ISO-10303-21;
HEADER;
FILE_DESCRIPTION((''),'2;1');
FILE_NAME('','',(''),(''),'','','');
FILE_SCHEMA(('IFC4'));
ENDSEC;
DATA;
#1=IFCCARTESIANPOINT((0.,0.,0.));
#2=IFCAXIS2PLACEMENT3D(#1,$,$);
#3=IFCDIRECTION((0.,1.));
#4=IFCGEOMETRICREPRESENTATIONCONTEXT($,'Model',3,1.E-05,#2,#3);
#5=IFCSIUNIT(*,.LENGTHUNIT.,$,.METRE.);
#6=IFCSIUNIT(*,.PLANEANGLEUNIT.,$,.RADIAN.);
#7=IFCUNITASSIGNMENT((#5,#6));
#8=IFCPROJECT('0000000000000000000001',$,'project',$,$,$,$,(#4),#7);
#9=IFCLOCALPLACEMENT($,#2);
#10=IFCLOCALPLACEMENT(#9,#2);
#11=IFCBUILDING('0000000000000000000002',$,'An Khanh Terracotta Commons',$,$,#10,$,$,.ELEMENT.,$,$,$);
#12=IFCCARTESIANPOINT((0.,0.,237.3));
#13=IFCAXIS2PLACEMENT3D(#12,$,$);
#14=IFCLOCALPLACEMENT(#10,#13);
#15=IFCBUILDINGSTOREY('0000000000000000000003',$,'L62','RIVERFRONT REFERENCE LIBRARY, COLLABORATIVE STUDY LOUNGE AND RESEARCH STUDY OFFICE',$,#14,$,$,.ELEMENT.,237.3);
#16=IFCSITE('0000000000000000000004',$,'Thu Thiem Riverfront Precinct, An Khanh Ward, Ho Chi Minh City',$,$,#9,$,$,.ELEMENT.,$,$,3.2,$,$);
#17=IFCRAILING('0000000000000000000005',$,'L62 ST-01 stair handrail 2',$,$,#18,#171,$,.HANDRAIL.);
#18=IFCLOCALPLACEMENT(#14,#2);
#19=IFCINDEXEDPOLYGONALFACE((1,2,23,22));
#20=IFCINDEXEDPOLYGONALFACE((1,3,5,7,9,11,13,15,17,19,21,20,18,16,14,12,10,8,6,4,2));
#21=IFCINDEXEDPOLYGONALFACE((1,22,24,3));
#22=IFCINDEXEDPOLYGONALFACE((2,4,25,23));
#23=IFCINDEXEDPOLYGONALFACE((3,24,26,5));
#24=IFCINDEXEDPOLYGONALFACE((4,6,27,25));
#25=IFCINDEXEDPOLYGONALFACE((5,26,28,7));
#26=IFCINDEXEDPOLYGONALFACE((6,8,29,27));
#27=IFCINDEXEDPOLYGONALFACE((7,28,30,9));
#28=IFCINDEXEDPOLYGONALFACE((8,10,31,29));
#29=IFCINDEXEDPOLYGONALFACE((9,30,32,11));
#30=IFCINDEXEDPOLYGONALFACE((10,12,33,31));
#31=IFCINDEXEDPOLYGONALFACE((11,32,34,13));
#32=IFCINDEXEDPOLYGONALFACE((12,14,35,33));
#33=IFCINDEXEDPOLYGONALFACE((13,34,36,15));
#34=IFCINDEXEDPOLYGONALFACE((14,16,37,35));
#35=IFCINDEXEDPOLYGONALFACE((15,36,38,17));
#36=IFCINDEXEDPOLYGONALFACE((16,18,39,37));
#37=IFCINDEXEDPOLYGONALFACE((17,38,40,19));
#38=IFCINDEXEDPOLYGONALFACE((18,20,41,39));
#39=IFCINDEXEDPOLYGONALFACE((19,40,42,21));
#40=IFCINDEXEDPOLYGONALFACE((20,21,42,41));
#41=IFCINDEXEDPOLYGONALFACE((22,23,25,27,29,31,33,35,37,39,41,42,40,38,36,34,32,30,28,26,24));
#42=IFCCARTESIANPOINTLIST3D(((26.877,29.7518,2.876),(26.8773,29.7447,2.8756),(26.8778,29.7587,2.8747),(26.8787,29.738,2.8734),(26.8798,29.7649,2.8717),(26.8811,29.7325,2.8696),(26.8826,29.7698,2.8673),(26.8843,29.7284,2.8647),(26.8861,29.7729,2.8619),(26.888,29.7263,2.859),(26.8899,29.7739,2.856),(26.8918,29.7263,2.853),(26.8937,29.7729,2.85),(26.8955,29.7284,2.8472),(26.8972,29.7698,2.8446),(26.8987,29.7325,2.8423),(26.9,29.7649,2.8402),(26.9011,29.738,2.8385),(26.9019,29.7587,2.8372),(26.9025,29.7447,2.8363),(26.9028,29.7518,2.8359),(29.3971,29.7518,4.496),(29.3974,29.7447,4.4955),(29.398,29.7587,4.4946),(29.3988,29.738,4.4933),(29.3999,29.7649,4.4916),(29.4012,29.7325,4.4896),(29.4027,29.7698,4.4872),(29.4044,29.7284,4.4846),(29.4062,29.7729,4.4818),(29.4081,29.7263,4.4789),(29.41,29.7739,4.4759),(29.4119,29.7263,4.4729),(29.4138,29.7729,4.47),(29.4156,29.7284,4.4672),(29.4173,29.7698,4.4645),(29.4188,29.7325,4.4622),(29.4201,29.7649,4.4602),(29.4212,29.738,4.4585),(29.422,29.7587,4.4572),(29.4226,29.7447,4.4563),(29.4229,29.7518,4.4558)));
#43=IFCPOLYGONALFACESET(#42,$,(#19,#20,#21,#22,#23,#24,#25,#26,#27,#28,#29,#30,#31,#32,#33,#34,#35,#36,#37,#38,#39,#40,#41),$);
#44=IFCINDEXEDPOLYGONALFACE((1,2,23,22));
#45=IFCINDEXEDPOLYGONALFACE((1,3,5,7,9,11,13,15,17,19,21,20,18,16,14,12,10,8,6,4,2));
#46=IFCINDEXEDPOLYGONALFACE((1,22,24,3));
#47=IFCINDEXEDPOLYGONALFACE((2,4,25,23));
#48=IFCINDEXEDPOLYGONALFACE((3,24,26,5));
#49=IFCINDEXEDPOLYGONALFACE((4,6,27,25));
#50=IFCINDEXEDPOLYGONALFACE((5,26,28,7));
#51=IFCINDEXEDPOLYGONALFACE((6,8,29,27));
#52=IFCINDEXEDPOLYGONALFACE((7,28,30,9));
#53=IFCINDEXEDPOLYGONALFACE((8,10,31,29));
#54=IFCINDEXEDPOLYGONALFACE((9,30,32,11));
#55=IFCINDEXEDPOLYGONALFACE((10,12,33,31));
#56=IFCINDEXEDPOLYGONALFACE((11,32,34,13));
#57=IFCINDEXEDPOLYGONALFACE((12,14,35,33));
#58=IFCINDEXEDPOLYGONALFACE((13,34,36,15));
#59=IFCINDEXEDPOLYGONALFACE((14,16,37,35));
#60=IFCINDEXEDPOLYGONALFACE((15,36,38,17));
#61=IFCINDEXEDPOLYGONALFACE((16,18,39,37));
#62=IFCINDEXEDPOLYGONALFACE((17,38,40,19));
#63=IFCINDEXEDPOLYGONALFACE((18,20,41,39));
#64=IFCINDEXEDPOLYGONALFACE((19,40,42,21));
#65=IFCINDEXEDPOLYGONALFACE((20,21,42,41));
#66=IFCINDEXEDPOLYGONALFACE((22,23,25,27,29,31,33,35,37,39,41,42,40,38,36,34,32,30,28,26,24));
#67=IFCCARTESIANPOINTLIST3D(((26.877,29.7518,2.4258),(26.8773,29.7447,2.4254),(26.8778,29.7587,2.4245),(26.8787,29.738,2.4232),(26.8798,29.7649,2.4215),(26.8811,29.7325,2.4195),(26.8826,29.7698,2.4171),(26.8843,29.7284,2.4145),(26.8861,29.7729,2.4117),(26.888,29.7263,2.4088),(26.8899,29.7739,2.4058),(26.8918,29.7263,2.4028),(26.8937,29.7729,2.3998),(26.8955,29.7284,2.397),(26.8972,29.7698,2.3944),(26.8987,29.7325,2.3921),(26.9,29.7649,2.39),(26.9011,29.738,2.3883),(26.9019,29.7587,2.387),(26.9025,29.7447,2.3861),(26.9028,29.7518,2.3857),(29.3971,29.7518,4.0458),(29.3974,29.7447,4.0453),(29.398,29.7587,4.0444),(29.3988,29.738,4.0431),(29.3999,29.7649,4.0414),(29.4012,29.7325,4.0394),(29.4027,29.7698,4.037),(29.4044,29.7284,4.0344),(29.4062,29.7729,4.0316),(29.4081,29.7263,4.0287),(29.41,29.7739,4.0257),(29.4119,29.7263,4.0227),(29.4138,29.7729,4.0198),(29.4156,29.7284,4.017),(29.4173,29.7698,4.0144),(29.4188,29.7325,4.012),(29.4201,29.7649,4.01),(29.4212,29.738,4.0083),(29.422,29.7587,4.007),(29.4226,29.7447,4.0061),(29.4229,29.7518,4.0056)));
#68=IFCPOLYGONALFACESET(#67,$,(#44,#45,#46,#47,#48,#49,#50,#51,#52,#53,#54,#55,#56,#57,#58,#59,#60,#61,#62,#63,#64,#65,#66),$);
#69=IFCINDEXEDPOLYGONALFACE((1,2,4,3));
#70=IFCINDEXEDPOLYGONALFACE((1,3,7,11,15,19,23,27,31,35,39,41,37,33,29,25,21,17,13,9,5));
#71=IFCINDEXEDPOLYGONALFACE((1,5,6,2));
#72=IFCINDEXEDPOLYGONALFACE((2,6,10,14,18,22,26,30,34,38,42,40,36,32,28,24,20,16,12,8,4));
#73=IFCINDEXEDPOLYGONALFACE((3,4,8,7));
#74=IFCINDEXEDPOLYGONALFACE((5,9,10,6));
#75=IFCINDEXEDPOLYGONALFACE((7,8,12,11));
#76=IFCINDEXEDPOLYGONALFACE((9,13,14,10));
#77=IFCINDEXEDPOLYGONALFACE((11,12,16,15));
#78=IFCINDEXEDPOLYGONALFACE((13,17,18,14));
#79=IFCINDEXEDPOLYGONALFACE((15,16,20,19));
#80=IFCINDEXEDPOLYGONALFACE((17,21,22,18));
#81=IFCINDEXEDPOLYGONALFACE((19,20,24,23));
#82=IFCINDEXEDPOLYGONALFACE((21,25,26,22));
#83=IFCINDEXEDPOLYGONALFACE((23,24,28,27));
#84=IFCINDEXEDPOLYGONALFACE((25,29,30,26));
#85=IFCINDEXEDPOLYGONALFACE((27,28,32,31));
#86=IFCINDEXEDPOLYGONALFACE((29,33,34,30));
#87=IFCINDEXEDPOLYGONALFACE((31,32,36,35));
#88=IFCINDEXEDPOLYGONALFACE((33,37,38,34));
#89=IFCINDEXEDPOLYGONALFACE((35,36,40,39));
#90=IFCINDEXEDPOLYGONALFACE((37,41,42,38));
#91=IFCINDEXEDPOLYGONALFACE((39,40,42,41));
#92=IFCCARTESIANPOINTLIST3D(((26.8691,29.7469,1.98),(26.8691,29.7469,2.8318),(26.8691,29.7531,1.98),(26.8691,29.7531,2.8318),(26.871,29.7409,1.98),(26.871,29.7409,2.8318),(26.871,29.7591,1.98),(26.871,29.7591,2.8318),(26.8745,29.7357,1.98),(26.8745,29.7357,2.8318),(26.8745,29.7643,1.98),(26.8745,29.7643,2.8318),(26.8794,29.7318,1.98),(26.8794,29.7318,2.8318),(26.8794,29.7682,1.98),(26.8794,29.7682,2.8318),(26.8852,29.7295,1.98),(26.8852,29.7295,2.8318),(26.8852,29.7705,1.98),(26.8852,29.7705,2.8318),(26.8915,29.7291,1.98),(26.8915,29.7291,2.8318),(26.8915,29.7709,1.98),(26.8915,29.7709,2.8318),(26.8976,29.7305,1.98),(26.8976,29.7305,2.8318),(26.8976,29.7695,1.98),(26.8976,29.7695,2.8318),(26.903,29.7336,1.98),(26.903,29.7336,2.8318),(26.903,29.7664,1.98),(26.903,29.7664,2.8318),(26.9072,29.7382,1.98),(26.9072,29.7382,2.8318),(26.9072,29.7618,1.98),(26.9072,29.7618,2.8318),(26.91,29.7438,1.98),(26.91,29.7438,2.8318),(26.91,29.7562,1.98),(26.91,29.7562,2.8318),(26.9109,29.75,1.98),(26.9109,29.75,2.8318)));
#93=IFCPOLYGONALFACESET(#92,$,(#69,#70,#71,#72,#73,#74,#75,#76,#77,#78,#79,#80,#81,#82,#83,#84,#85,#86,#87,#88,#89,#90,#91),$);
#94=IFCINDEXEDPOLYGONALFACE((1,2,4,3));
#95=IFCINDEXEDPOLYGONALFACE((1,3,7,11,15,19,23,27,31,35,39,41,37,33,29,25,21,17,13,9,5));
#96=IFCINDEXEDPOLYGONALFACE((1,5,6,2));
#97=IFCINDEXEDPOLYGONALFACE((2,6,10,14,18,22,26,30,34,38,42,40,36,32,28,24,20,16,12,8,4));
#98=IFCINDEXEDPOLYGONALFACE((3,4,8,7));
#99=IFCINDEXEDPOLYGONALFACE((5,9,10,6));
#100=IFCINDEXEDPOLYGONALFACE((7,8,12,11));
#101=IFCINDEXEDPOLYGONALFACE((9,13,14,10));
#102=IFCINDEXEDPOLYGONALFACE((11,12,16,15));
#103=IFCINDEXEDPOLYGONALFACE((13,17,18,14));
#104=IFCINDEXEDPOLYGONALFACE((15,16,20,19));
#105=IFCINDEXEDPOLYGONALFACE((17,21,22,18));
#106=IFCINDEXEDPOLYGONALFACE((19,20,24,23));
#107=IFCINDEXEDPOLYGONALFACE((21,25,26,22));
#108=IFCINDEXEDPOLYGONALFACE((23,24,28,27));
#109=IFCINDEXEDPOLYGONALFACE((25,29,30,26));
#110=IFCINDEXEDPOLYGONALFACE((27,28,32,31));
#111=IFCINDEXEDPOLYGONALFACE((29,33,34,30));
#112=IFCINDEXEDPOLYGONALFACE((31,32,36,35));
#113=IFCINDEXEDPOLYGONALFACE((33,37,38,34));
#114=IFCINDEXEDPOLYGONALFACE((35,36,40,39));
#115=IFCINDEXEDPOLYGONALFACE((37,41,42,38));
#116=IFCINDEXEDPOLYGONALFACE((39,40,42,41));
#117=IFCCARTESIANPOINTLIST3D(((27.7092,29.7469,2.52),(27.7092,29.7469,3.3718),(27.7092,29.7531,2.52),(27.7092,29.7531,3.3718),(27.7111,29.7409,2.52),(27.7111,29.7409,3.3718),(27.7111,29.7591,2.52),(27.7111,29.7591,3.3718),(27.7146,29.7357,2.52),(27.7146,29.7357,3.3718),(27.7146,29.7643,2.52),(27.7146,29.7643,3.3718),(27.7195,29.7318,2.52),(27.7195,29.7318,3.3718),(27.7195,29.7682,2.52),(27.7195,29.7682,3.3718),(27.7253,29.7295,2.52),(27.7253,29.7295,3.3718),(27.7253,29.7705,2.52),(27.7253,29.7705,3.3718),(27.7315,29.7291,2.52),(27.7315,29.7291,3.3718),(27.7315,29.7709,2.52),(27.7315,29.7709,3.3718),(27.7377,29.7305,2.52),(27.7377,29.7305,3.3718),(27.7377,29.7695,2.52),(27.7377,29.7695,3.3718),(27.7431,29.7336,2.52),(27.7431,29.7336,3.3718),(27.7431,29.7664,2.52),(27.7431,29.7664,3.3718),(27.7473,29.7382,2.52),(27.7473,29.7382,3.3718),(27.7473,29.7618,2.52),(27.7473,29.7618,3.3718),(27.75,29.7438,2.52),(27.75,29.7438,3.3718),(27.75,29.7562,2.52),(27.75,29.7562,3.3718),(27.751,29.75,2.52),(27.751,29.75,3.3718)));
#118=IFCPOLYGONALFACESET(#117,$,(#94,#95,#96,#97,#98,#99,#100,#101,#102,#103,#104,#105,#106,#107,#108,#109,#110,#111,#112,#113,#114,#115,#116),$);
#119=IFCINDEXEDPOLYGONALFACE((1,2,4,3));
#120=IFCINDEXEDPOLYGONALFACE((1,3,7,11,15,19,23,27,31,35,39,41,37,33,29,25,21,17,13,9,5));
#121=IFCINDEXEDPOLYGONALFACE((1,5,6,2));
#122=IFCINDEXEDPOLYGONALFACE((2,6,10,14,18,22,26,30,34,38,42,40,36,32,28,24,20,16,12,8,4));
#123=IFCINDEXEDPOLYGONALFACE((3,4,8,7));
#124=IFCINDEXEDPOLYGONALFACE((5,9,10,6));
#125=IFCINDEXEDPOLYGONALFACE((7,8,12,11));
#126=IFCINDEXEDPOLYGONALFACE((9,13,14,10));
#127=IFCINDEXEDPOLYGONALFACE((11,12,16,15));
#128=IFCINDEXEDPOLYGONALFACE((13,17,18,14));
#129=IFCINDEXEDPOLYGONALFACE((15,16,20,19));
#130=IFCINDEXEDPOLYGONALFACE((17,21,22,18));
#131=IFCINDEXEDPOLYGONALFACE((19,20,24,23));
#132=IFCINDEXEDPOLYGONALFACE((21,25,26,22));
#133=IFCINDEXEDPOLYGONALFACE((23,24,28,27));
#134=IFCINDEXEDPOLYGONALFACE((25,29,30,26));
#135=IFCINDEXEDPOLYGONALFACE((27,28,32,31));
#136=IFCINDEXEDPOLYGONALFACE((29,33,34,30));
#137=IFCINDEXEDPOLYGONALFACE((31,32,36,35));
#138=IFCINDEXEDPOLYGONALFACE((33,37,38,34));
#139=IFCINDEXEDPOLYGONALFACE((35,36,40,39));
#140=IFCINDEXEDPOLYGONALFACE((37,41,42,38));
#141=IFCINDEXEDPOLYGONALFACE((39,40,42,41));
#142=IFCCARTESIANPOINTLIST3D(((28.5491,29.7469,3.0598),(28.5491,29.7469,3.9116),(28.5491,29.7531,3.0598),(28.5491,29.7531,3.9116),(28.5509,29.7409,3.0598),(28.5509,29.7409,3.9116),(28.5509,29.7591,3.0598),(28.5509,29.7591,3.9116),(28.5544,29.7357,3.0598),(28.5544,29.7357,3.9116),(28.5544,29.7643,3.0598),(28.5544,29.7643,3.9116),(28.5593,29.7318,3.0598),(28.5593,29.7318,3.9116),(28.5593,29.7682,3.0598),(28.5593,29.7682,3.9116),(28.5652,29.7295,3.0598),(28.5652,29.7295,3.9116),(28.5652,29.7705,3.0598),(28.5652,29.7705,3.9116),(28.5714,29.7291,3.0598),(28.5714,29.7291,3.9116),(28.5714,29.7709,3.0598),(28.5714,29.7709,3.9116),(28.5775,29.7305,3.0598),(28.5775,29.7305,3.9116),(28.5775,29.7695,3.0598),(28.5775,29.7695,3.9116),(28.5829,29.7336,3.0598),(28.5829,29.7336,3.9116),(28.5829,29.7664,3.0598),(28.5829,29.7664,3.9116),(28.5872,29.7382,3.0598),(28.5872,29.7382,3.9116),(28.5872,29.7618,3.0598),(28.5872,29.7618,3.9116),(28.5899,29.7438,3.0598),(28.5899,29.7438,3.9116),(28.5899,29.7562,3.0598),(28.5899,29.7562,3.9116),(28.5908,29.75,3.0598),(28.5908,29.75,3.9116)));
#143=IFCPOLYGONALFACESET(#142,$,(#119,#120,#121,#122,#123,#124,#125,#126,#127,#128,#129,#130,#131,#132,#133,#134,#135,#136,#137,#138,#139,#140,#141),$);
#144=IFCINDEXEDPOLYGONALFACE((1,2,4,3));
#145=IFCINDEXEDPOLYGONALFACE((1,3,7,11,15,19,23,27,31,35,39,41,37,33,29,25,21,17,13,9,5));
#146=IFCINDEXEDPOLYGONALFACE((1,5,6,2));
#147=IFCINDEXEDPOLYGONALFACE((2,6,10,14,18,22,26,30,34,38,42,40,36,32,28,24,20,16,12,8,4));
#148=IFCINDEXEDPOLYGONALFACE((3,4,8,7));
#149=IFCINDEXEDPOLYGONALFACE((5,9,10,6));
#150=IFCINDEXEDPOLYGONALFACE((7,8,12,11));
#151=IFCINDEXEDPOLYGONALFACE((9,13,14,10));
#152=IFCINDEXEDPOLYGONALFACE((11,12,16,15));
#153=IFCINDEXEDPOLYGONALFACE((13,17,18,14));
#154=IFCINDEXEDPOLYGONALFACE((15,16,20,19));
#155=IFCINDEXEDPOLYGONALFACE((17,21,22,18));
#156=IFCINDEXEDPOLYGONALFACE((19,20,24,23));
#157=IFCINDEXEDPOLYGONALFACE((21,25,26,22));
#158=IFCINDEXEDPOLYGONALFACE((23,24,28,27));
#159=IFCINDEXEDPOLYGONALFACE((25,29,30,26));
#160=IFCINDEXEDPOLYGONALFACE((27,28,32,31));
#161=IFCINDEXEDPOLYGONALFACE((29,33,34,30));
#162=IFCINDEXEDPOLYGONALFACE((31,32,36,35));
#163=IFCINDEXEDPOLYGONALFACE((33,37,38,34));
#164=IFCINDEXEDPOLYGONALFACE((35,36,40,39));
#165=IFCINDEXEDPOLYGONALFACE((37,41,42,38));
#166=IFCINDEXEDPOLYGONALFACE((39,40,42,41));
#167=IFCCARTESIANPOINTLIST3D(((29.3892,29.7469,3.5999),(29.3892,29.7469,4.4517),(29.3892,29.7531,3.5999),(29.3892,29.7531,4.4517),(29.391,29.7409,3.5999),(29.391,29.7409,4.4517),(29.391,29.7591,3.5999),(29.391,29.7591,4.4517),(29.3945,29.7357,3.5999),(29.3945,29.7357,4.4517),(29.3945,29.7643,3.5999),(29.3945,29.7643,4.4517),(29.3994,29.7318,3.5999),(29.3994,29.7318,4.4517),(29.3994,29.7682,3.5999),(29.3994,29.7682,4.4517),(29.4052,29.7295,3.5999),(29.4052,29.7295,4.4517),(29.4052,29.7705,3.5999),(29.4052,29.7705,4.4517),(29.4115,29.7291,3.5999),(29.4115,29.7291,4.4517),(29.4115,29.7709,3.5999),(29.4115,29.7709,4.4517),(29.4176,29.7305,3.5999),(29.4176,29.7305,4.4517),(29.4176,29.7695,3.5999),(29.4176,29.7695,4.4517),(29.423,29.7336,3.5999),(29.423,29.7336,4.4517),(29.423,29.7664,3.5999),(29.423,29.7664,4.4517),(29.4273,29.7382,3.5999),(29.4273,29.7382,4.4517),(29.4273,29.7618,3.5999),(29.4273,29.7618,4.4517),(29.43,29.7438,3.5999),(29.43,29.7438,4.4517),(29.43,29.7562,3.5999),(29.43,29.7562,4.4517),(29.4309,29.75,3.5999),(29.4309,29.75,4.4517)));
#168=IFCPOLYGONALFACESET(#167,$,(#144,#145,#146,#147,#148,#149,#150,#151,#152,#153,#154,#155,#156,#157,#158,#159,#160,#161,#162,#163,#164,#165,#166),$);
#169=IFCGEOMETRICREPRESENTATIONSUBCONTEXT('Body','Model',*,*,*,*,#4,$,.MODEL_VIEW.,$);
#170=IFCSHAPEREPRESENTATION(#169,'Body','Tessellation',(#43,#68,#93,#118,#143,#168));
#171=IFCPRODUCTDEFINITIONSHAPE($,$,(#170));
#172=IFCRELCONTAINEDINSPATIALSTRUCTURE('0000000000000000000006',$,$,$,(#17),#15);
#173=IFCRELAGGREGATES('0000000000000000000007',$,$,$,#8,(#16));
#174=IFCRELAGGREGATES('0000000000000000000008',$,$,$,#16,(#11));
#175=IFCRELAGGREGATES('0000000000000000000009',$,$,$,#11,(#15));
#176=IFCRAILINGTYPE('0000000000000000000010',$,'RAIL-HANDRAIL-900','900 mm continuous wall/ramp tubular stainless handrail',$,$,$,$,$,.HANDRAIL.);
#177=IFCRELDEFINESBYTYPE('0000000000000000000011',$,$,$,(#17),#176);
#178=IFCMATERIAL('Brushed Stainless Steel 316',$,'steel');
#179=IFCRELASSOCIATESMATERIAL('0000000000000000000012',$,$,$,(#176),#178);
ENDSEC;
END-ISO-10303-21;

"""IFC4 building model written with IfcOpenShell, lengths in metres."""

from ifc_helpers import new_model, si_unit, direction, frame, origin, origin_2d, place, context, subcontext, project, spatial, circle, extrude, material, type_object, element, save


model = new_model("IFC4")

# Units and contexts
model_context = context("Model", 3, precision=1e-05, world=origin(), true_north=direction((0.0, 1.0)))
body_context = subcontext(model_context, "Body", "Model", "MODEL_VIEW")
ifc_project = project(units=[si_unit("LENGTHUNIT", "METRE"), si_unit("PLANEANGLEUNIT", "RADIAN")], contexts=[model_context])

# Site, building, storey
site_placement = place(None, origin())
site = spatial("IfcSite", under=ifc_project, at=site_placement, Name="Thu Thiem Riverfront Precinct, An Khanh Ward, Ho Chi Minh City", CompositionType="ELEMENT", RefElevation=3.2)
building_placement = place(site_placement, origin())
building = spatial("IfcBuilding", under=site, at=building_placement, Name="An Khanh Terracotta Commons", CompositionType="ELEMENT")
storey_placement = place(building_placement, frame((0.0, 0.0, 237.3)))
storey = spatial("IfcBuildingStorey", under=building, at=storey_placement, Name="L62", Description="RIVERFRONT REFERENCE LIBRARY, COLLABORATIVE STUDY LOUNGE AND RESEARCH STUDY OFFICE", CompositionType="ELEMENT", Elevation=237.3)

# Railing
ifc_material_1 = material(Name="Brushed Stainless Steel 316", Category="steel")
railing_type_1 = type_object("IfcRailingType", Name="RAIL-HANDRAIL-900", Description="900 mm continuous wall/ramp tubular stainless handrail", PredefinedType="HANDRAIL", material=ifc_material_1)
railing_1_placement = place(storey_placement, frame((26.8899, 29.75, 1.98)))
element("IfcRailing", 1, at=railing_1_placement, inside=storey, type_object=railing_type_1, Name="L62 ST-01 stair handrail 2", PredefinedType="HANDRAIL", context=body_context, shape_type="SweptSolid", body=[
    extrude(circle(Radius=0.0239, at=origin_2d()), frame((0.0, 0.0, 0.876), z_axis=(0.8412, 0.0, 0.540725), x_axis=(0.0, 1.0, 0.0)), (0.0, 0.0, 1.0), 2.9958),
    extrude(circle(Radius=0.0239, at=origin_2d()), frame((0.0, 0.0, 0.4258), z_axis=(0.8412, 0.0, 0.540725), x_axis=(0.0, 1.0, 0.0)), (0.0, 0.0, 1.0), 2.9958),
    extrude(circle(Radius=0.021, at=origin_2d()), origin(), (0.0, 0.0, 1.0), 0.8518),
    extrude(circle(Radius=0.021, at=origin_2d()), frame((0.8401, 0.0, 0.54)), (0.0, 0.0, 1.0), 0.8518),
    extrude(circle(Radius=0.021, at=origin_2d()), frame((1.6799, 0.0, 1.0798)), (0.0, 0.0, 1.0), 0.8518),
    extrude(circle(Radius=0.021, at=origin_2d()), frame((2.52, 0.0, 1.6199)), (0.0, 0.0, 1.0), 0.8518),
])

save(model, "model.ifc")
